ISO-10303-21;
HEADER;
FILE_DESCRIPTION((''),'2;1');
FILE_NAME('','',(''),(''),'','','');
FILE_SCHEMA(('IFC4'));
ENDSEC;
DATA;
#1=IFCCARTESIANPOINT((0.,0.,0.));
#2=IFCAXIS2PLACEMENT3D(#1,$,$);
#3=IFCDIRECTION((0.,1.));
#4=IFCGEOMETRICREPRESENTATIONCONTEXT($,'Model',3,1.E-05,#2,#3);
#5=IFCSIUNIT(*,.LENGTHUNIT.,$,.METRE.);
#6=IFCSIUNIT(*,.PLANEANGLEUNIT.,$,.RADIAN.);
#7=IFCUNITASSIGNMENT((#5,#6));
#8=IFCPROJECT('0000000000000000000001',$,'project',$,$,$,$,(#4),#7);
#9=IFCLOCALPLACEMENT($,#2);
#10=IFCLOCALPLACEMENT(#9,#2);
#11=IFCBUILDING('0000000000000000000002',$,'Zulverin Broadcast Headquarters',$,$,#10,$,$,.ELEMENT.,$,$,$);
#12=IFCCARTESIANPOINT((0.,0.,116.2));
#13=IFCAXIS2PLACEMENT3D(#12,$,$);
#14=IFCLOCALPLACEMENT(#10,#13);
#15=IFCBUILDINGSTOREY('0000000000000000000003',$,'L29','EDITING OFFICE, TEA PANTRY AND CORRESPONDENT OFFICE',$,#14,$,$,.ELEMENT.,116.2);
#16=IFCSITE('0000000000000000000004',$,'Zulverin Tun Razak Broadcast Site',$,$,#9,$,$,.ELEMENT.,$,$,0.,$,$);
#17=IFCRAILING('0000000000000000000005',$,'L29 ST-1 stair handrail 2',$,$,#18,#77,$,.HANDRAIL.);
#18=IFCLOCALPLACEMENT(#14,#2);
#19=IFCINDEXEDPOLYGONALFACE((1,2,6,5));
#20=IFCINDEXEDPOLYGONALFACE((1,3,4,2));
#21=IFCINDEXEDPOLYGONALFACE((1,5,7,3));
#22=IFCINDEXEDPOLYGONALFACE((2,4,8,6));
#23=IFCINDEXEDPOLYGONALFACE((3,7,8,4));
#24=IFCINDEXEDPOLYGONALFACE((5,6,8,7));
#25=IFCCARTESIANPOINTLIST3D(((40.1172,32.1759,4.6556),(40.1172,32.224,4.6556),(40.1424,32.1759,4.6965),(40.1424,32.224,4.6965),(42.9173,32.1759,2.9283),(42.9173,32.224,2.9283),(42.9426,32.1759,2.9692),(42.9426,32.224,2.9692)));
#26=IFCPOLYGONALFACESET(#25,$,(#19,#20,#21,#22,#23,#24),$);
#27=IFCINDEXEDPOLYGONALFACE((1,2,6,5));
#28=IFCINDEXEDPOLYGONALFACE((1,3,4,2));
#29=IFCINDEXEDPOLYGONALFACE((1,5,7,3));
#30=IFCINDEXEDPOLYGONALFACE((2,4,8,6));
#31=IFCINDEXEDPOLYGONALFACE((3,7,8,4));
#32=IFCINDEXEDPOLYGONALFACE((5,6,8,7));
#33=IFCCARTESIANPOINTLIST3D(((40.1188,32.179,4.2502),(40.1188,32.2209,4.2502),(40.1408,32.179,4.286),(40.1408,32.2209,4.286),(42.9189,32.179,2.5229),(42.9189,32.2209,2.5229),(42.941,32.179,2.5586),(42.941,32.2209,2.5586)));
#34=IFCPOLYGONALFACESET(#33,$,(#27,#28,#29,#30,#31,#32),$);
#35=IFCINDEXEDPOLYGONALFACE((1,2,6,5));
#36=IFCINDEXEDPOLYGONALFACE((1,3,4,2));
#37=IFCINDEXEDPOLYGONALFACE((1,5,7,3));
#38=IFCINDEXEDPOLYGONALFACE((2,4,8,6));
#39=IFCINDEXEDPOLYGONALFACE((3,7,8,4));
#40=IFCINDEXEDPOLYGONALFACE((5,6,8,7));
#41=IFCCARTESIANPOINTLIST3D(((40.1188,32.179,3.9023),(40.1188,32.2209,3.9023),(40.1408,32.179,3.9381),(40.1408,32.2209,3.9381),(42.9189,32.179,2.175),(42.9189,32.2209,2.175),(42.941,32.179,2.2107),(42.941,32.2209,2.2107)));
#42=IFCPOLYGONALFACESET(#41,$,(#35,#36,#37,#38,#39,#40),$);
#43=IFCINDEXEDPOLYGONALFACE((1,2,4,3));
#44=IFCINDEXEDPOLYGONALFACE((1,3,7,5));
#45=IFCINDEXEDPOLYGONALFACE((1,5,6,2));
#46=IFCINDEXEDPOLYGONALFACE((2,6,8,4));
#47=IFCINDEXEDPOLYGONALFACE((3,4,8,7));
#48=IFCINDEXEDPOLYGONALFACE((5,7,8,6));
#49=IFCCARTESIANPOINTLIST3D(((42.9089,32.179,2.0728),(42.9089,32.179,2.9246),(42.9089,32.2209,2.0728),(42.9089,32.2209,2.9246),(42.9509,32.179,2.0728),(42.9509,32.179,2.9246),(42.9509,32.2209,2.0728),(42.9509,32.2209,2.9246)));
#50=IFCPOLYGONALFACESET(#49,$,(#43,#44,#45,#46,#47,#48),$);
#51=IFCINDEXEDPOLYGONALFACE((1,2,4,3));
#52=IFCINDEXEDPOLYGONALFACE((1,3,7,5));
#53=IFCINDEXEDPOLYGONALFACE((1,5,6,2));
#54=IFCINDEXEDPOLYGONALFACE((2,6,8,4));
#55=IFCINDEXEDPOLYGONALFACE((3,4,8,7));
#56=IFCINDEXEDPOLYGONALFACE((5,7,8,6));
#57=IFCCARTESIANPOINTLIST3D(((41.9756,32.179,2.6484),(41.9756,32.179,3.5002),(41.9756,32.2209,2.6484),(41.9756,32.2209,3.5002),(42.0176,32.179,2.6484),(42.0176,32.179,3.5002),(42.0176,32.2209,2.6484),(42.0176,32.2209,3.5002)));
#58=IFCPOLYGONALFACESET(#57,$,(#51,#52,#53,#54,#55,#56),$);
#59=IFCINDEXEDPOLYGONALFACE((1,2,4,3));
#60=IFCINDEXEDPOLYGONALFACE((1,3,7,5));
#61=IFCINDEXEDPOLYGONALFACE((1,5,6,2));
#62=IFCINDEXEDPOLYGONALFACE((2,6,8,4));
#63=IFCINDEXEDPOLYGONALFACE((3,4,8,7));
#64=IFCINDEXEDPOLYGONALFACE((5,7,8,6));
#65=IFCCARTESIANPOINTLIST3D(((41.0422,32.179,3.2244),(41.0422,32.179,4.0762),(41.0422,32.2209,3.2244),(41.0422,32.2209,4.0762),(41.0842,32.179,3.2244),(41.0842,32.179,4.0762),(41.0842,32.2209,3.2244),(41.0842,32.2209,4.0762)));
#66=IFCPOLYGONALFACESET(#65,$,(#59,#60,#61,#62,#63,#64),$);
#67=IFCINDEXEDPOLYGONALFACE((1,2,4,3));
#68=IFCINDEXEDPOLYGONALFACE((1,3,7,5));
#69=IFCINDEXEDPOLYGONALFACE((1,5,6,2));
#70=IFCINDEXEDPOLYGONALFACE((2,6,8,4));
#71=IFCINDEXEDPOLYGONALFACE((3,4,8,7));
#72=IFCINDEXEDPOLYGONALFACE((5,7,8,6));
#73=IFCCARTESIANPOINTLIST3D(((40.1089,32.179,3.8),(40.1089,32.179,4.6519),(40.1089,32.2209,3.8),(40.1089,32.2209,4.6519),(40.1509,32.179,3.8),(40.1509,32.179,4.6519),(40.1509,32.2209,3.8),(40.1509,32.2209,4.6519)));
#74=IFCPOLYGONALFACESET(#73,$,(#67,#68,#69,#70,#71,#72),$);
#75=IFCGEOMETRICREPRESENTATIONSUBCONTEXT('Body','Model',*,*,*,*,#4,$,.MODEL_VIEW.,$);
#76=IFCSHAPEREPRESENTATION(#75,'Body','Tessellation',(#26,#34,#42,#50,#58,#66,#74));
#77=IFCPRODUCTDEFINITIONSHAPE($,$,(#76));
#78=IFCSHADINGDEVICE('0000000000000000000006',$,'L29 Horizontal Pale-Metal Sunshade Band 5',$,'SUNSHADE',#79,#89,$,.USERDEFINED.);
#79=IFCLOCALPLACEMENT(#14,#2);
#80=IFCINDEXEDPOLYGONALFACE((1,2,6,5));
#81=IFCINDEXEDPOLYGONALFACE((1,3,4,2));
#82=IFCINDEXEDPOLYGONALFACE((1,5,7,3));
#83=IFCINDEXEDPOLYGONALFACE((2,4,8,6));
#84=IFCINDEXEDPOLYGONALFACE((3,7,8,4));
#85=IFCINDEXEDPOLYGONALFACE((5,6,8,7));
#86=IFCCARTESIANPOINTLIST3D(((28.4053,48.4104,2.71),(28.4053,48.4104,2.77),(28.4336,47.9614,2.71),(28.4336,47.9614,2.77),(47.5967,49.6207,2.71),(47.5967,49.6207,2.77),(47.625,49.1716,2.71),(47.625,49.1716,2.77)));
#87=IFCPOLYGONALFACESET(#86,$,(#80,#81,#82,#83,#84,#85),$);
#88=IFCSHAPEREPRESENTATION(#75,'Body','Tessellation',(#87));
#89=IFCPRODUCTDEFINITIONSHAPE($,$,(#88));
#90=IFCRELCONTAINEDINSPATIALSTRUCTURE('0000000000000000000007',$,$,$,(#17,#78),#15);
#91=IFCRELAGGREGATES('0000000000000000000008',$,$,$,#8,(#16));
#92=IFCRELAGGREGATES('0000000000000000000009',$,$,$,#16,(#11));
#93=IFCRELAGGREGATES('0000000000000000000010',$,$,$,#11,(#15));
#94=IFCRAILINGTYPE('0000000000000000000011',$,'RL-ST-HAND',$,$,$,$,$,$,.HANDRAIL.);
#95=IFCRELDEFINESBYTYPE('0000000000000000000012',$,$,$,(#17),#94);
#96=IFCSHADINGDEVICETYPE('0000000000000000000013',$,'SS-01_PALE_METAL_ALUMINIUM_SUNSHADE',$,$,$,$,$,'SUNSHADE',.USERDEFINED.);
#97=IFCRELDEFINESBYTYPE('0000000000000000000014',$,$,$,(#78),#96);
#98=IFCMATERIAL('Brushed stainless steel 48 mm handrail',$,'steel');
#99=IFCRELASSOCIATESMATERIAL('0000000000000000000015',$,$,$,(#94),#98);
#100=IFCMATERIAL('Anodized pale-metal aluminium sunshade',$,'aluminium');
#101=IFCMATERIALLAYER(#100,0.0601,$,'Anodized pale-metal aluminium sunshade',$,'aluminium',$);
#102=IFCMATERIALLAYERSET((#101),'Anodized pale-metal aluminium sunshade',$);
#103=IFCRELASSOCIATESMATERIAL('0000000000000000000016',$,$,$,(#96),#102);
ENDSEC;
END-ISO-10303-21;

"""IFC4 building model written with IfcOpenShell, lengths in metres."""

from ifc_helpers import new_model, si_unit, direction, frame, origin, origin_2d, place, context, subcontext, project, spatial, rectangle, extrude, material, layer, layer_set, type_object, element, save


model = new_model("IFC4")

# Units and contexts
model_context = context("Model", 3, precision=1e-05, world=origin(), true_north=direction((0.0, 1.0)))
body_context = subcontext(model_context, "Body", "Model", "MODEL_VIEW")
ifc_project = project(units=[si_unit("LENGTHUNIT", "METRE"), si_unit("PLANEANGLEUNIT", "RADIAN")], contexts=[model_context])

# Site, building, storey
site_placement = place(None, origin())
site = spatial("IfcSite", under=ifc_project, at=site_placement, Name="Zulverin Tun Razak Broadcast Site", CompositionType="ELEMENT", RefElevation=0.0)
building_placement = place(site_placement, origin())
building = spatial("IfcBuilding", under=site, at=building_placement, Name="Zulverin Broadcast Headquarters", CompositionType="ELEMENT")
storey_placement = place(building_placement, frame((0.0, 0.0, 116.2)))
storey = spatial("IfcBuildingStorey", under=building, at=storey_placement, Name="L29", Description="EDITING OFFICE, TEA PANTRY AND CORRESPONDENT OFFICE", CompositionType="ELEMENT", Elevation=116.2)

# Railing
ifc_material_1 = material(Name="Brushed stainless steel 48 mm handrail", Category="steel")
railing_type_1 = type_object("IfcRailingType", Name="RL-ST-HAND", PredefinedType="HANDRAIL", material=ifc_material_1)
railing_1_placement = place(storey_placement, frame((42.9299, 32.2, 2.0728)))
element("IfcRailing", 1, at=railing_1_placement, inside=storey, type_object=railing_type_1, Name="L29 ST-1 stair handrail 2", PredefinedType="HANDRAIL", context=body_context, shape_type="SweptSolid", body=[
    extrude(rectangle(XDim=0.0481, YDim=0.0481, at=origin_2d()), frame((0.0, 0.0, 0.876), z_axis=(-0.85109, 0.0, 0.52502), x_axis=(0.0, -1.0, 0.0)), (0.0, 0.0, 1.0), 3.29),
    extrude(rectangle(XDim=0.042, YDim=0.042, at=origin_2d()), frame((0.0, 0.0, 0.468), z_axis=(-0.85109, 0.0, 0.52502), x_axis=(0.0, -1.0, 0.0)), (0.0, 0.0, 1.0), 3.29),
    extrude(rectangle(XDim=0.042, YDim=0.042, at=origin_2d()), frame((0.0, 0.0, 0.1201), z_axis=(-0.85109, 0.0, 0.52502), x_axis=(0.0, -1.0, 0.0)), (0.0, 0.0, 1.0), 3.29),
    extrude(rectangle(XDim=0.042, YDim=0.042, at=origin_2d()), origin(), (0.0, 0.0, 1.0), 0.8518),
    extrude(rectangle(XDim=0.042, YDim=0.042, at=origin_2d()), frame((-0.9333, 0.0, 0.5757)), (0.0, 0.0, 1.0), 0.8518),
    extrude(rectangle(XDim=0.042, YDim=0.042, at=origin_2d()), frame((-1.8667, 0.0, 1.1516)), (0.0, 0.0, 1.0), 0.8518),
    extrude(rectangle(XDim=0.042, YDim=0.042, at=origin_2d()), frame((-2.8, 0.0, 1.7273)), (0.0, 0.0, 1.0), 0.8518),
])

# Shading device
ifc_material_2 = material(Name="Anodized pale-metal aluminium sunshade", Category="aluminium")
ifc_layer_1 = layer(ifc_material_2, 0.0601, Name="Anodized pale-metal aluminium sunshade", Category="aluminium")
ifc_layer_set_1 = layer_set([ifc_layer_1], Name="Anodized pale-metal aluminium sunshade")
shading_device_type = type_object("IfcShadingDeviceType", Name="SS-01_PALE_METAL_ALUMINIUM_SUNSHADE", ElementType="SUNSHADE", PredefinedType="USERDEFINED", material=ifc_layer_set_1)
shading_device_placement = place(storey_placement, frame((38.0151, 48.791, 2.71), z_axis=(0.0, 0.0, 1.0), x_axis=(-0.998018, -0.062935, 0.0)))
element("IfcShadingDevice", 2, at=shading_device_placement, inside=storey, type_object=shading_device_type, Name="L29 Horizontal Pale-Metal Sunshade Band 5", ObjectType="SUNSHADE", PredefinedType="USERDEFINED", context=body_context, shape_type="SweptSolid", body=[
    extrude(rectangle(XDim=19.2295, YDim=0.45, at=origin_2d()), origin(), (0.0, 0.0, 1.0), 0.0601),
])

save(model, "model.ifc")
